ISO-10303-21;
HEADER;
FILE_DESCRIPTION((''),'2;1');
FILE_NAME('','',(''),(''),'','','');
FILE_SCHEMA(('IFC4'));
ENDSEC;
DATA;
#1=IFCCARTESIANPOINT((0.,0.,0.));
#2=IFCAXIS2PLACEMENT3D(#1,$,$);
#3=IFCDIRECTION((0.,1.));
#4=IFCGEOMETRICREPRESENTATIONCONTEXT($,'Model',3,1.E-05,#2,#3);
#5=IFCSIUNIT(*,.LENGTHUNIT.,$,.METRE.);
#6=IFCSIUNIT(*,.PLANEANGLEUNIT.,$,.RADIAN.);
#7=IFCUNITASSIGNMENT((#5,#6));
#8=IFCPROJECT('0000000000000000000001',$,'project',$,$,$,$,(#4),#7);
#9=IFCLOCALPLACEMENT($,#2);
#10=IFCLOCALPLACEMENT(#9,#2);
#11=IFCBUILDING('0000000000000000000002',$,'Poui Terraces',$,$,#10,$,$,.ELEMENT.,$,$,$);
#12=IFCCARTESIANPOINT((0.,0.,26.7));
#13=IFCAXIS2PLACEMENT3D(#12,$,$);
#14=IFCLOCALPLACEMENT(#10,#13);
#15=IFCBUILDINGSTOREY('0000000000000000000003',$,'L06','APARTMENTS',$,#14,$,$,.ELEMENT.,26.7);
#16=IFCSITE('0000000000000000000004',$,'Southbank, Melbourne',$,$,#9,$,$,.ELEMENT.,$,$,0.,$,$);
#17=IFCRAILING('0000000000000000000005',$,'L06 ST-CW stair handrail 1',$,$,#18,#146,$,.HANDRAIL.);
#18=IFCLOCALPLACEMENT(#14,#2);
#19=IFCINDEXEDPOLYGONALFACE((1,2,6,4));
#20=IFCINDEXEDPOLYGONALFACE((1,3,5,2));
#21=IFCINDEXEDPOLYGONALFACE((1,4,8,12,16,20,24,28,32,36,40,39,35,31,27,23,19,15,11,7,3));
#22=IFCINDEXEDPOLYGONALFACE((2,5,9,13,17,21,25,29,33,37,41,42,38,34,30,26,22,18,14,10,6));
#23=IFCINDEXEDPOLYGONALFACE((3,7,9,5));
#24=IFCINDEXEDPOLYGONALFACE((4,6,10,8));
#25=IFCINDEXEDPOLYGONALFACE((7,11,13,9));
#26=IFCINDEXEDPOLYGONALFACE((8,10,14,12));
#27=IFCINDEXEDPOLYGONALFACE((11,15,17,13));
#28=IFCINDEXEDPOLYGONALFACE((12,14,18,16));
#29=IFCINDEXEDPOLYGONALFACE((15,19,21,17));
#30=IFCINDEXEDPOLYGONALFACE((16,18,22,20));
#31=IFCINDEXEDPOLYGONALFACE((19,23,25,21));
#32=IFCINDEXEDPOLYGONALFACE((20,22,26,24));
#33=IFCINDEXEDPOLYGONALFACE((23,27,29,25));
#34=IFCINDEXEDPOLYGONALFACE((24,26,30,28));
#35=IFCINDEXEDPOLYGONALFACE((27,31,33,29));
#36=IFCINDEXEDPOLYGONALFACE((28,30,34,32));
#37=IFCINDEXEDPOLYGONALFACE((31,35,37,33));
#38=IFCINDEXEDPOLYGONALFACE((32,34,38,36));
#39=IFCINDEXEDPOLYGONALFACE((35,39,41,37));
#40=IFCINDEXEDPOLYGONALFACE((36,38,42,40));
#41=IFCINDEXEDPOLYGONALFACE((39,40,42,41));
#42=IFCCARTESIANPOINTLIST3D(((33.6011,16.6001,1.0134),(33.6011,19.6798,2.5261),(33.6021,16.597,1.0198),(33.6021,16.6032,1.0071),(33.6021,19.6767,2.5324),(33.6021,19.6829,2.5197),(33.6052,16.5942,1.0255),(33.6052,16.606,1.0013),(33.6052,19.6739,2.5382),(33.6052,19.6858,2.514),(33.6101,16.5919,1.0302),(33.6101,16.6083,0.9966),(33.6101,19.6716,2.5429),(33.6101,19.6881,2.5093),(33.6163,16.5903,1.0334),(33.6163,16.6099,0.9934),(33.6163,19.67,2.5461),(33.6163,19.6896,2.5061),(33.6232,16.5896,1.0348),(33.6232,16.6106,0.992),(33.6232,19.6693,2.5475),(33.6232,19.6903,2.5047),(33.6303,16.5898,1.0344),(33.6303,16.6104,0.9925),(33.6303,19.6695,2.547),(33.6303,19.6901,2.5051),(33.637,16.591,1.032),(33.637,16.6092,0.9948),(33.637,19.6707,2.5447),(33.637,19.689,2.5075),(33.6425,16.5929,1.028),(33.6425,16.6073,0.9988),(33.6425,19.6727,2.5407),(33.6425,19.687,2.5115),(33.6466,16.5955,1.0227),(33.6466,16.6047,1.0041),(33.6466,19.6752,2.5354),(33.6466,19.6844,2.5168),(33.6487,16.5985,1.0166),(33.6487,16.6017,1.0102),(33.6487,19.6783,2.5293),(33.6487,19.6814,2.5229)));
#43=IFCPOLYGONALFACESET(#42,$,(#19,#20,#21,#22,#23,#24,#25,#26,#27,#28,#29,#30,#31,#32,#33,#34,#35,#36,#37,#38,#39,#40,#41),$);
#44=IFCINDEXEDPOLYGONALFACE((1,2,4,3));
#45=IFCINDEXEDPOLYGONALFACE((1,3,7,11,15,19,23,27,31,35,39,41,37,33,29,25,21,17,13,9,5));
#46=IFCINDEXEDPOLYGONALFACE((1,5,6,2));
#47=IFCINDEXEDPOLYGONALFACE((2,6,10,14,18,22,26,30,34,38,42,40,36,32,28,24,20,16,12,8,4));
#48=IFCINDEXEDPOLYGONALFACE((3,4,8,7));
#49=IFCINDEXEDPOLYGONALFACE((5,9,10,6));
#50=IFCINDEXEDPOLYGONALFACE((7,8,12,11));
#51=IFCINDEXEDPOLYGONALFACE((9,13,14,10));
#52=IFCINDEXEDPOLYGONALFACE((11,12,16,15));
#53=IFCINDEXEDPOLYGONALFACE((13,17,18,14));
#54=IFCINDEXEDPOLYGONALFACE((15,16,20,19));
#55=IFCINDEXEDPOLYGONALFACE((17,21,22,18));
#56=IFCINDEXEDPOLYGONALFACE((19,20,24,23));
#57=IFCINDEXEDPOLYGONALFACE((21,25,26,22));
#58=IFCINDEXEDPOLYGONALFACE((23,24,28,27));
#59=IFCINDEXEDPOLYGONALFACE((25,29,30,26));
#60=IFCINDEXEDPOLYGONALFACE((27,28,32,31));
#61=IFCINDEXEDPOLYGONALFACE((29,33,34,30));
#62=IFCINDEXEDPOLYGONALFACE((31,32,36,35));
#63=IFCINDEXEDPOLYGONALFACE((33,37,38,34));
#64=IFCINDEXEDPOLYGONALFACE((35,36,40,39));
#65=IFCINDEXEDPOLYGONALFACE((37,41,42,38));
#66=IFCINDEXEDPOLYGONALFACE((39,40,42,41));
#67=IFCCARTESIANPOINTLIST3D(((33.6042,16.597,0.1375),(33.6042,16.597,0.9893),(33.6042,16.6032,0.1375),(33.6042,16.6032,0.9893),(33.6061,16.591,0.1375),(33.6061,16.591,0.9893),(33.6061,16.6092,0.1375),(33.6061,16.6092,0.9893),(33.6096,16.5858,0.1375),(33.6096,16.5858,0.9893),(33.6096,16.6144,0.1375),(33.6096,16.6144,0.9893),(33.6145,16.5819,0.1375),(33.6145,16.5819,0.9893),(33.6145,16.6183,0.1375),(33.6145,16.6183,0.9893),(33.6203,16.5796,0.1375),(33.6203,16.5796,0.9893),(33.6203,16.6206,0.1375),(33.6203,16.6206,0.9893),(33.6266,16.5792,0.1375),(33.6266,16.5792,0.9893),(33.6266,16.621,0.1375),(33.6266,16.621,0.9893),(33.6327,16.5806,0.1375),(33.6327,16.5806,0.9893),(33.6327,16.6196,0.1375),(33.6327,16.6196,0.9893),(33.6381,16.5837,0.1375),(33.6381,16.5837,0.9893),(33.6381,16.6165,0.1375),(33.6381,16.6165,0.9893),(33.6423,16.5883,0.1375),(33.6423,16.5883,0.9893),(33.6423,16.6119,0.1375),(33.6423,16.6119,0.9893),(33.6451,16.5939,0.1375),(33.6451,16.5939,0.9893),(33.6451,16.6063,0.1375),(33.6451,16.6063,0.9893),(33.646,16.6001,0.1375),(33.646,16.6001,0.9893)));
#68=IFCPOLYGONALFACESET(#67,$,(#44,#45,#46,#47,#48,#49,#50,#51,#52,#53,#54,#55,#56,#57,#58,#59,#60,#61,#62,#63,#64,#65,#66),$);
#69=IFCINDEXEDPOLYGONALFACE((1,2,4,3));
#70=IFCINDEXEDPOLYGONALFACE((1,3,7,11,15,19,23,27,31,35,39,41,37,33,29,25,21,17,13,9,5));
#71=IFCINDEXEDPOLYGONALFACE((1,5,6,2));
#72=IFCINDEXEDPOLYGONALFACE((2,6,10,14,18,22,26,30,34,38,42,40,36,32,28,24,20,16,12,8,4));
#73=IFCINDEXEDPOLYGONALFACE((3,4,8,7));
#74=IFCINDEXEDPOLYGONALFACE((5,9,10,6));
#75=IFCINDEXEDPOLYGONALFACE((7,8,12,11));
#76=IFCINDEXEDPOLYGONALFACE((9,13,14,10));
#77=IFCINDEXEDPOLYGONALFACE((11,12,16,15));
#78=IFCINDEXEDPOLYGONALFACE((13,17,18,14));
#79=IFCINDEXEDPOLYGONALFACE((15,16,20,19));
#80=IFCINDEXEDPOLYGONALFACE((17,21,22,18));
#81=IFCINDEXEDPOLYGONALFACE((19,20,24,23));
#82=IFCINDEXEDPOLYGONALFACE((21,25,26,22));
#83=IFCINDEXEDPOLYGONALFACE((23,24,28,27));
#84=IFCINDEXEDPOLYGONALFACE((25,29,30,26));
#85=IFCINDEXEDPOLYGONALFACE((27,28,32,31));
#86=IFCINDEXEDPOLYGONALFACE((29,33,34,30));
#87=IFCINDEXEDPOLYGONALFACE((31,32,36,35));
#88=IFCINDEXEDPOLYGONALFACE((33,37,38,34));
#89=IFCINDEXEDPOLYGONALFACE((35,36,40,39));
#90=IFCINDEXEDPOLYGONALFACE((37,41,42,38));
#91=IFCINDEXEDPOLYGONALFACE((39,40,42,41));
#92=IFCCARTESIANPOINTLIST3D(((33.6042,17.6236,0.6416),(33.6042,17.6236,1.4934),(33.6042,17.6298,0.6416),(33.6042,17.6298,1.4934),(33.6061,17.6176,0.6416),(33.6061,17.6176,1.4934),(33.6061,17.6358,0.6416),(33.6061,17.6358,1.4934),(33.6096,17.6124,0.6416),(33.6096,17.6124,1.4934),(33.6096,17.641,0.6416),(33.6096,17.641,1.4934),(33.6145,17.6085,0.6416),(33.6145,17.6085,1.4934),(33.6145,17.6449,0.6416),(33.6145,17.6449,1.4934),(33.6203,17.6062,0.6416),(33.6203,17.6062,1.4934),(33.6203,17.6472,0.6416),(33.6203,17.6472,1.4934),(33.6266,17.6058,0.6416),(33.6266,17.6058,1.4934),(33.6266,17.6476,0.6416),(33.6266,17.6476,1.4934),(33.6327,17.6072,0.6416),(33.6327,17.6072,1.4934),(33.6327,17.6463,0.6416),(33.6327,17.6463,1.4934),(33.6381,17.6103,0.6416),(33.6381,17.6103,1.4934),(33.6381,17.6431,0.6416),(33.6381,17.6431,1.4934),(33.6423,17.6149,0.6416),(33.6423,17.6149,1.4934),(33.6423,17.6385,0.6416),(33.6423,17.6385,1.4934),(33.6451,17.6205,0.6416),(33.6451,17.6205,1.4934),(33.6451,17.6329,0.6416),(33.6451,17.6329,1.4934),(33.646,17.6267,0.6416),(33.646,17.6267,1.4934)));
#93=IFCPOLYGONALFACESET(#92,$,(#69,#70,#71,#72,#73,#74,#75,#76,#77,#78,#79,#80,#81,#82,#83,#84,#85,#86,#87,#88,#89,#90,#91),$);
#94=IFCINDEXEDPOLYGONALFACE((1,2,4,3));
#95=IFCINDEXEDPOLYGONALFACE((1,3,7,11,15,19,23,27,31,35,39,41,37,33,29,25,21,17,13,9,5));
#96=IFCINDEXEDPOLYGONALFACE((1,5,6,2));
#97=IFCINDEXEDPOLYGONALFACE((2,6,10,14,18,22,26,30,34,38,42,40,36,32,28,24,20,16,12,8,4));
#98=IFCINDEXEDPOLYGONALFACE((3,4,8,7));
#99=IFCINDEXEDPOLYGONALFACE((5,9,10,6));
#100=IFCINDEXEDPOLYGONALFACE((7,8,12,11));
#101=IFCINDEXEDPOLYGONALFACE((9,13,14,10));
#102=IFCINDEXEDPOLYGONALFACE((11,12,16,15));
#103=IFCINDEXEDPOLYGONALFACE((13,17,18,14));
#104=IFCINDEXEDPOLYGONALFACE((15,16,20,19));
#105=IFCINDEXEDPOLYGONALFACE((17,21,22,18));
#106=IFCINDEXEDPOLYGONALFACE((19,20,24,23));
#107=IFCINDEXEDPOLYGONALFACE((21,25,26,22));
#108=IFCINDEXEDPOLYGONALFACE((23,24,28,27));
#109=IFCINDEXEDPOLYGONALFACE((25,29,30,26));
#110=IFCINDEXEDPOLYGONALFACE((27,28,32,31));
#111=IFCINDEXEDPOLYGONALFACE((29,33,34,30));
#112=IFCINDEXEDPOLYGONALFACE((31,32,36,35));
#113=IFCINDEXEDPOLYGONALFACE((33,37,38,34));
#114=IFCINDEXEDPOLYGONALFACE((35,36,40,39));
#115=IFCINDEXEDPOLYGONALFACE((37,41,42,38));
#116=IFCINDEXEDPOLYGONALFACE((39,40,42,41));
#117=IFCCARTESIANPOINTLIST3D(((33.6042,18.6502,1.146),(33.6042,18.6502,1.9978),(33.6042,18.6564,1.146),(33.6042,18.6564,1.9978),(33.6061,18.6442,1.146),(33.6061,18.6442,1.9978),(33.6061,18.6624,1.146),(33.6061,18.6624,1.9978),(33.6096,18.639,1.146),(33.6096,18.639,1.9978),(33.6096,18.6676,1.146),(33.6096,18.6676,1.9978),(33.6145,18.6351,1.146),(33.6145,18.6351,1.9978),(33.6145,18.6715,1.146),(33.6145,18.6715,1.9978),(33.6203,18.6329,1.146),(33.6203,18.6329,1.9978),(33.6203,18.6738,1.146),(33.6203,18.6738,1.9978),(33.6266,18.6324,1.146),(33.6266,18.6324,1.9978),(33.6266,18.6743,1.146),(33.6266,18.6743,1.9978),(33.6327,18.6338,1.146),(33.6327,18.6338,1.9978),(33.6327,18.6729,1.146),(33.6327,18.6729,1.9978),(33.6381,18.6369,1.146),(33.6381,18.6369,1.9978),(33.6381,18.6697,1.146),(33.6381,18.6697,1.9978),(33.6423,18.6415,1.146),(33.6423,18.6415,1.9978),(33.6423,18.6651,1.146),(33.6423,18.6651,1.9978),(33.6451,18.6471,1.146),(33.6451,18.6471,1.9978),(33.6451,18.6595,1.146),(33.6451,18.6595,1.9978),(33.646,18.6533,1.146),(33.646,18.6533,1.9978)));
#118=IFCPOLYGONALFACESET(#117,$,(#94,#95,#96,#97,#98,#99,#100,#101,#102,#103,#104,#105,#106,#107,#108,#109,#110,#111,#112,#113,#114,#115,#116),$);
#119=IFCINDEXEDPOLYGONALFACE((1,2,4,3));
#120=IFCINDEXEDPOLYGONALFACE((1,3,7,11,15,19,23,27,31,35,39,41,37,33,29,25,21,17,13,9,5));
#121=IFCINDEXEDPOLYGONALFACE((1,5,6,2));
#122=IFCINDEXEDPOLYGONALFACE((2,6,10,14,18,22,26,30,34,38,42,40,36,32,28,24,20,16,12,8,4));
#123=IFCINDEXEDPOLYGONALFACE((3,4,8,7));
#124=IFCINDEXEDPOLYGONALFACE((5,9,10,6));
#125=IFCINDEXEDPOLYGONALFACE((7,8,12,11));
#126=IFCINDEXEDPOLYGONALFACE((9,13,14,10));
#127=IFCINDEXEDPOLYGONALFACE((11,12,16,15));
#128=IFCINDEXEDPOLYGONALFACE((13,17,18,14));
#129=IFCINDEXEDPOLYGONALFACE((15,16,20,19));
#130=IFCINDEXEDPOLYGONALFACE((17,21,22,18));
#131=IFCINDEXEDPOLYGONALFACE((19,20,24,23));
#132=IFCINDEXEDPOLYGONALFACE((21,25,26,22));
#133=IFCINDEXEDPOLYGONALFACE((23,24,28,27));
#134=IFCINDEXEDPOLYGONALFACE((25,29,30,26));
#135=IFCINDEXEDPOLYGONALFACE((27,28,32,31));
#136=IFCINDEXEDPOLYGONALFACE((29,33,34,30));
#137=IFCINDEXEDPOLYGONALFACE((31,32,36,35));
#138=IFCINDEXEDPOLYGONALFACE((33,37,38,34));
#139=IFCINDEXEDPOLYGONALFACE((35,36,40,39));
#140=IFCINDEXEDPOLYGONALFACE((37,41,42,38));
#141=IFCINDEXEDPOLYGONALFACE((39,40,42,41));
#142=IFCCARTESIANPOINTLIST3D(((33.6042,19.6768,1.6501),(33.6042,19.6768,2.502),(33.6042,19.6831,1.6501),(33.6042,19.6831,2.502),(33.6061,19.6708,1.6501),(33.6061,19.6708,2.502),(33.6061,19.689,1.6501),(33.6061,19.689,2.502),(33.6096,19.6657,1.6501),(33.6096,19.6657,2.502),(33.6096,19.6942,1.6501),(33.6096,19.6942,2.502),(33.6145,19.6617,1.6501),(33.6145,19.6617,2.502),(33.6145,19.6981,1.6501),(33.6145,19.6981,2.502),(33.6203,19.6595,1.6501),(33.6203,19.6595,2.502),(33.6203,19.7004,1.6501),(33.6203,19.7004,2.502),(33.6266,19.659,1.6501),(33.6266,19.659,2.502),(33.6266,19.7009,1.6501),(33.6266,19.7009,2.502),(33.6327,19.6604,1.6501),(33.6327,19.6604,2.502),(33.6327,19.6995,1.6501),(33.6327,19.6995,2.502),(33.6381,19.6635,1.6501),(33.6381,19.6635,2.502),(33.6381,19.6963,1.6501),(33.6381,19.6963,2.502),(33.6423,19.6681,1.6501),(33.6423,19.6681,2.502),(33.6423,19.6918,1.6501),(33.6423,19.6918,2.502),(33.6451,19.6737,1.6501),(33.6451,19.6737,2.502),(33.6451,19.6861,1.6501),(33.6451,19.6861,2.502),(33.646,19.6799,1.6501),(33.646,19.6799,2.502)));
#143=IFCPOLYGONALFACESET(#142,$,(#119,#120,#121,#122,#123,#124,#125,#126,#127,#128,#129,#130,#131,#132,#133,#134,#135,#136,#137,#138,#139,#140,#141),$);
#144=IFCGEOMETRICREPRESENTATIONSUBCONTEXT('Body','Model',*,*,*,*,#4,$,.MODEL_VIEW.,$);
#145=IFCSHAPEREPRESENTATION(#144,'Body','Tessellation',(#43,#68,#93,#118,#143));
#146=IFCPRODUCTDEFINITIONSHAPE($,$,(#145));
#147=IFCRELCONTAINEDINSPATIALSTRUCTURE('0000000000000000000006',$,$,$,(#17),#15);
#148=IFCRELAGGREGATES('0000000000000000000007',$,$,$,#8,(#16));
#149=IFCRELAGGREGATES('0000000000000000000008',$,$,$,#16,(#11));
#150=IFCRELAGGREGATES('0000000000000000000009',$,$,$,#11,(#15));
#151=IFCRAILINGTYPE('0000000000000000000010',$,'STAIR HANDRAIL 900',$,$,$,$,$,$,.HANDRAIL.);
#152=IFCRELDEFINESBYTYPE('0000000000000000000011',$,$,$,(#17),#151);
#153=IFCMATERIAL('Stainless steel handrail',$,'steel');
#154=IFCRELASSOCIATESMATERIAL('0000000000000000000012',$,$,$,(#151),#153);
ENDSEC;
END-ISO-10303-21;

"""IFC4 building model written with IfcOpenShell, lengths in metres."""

from ifc_helpers import new_model, si_unit, direction, frame, origin, origin_2d, place, context, subcontext, project, spatial, circle, extrude, material, type_object, element, save


model = new_model("IFC4")

# Units and contexts
model_context = context("Model", 3, precision=1e-05, world=origin(), true_north=direction((0.0, 1.0)))
body_context = subcontext(model_context, "Body", "Model", "MODEL_VIEW")
ifc_project = project(units=[si_unit("LENGTHUNIT", "METRE"), si_unit("PLANEANGLEUNIT", "RADIAN")], contexts=[model_context])

# Site, building, storey
site_placement = place(None, origin())
site = spatial("IfcSite", under=ifc_project, at=site_placement, Name="Southbank, Melbourne", CompositionType="ELEMENT", RefElevation=0.0)
building_placement = place(site_placement, origin())
building = spatial("IfcBuilding", under=site, at=building_placement, Name="Poui Terraces", CompositionType="ELEMENT")
storey_placement = place(building_placement, frame((0.0, 0.0, 26.7)))
storey = spatial("IfcBuildingStorey", under=building, at=storey_placement, Name="L06", Description="APARTMENTS", CompositionType="ELEMENT", Elevation=26.7)

# Railing
ifc_material_1 = material(Name="Stainless steel handrail", Category="steel")
railing_type_1 = type_object("IfcRailingType", Name="STAIR HANDRAIL 900", PredefinedType="HANDRAIL", material=ifc_material_1)
railing_1_placement = place(storey_placement, frame((33.625, 16.6001, 0.1375)))
element("IfcRailing", 1, at=railing_1_placement, inside=storey, type_object=railing_type_1, Name="L06 ST-CW stair handrail 1", PredefinedType="HANDRAIL", context=body_context, shape_type="SweptSolid", body=[
    extrude(circle(Radius=0.0239, at=origin_2d()), frame((0.0, 0.0, 0.876), z_axis=(0.0, 0.897578, 0.440856), x_axis=(-1.0, 0.0, 0.0)), (0.0, 0.0, 1.0), 3.4312),
    extrude(circle(Radius=0.021, at=origin_2d()), origin(), (0.0, 0.0, 1.0), 0.8518),
    extrude(circle(Radius=0.021, at=origin_2d()), frame((0.0, 1.0266, 0.5042)), (0.0, 0.0, 1.0), 0.8518),
    extrude(circle(Radius=0.021, at=origin_2d()), frame((0.0, 2.0532, 1.0085)), (0.0, 0.0, 1.0), 0.8518),
    extrude(circle(Radius=0.021, at=origin_2d()), frame((0.0, 3.0798, 1.5127)), (0.0, 0.0, 1.0), 0.8518),
])

save(model, "model.ifc")
